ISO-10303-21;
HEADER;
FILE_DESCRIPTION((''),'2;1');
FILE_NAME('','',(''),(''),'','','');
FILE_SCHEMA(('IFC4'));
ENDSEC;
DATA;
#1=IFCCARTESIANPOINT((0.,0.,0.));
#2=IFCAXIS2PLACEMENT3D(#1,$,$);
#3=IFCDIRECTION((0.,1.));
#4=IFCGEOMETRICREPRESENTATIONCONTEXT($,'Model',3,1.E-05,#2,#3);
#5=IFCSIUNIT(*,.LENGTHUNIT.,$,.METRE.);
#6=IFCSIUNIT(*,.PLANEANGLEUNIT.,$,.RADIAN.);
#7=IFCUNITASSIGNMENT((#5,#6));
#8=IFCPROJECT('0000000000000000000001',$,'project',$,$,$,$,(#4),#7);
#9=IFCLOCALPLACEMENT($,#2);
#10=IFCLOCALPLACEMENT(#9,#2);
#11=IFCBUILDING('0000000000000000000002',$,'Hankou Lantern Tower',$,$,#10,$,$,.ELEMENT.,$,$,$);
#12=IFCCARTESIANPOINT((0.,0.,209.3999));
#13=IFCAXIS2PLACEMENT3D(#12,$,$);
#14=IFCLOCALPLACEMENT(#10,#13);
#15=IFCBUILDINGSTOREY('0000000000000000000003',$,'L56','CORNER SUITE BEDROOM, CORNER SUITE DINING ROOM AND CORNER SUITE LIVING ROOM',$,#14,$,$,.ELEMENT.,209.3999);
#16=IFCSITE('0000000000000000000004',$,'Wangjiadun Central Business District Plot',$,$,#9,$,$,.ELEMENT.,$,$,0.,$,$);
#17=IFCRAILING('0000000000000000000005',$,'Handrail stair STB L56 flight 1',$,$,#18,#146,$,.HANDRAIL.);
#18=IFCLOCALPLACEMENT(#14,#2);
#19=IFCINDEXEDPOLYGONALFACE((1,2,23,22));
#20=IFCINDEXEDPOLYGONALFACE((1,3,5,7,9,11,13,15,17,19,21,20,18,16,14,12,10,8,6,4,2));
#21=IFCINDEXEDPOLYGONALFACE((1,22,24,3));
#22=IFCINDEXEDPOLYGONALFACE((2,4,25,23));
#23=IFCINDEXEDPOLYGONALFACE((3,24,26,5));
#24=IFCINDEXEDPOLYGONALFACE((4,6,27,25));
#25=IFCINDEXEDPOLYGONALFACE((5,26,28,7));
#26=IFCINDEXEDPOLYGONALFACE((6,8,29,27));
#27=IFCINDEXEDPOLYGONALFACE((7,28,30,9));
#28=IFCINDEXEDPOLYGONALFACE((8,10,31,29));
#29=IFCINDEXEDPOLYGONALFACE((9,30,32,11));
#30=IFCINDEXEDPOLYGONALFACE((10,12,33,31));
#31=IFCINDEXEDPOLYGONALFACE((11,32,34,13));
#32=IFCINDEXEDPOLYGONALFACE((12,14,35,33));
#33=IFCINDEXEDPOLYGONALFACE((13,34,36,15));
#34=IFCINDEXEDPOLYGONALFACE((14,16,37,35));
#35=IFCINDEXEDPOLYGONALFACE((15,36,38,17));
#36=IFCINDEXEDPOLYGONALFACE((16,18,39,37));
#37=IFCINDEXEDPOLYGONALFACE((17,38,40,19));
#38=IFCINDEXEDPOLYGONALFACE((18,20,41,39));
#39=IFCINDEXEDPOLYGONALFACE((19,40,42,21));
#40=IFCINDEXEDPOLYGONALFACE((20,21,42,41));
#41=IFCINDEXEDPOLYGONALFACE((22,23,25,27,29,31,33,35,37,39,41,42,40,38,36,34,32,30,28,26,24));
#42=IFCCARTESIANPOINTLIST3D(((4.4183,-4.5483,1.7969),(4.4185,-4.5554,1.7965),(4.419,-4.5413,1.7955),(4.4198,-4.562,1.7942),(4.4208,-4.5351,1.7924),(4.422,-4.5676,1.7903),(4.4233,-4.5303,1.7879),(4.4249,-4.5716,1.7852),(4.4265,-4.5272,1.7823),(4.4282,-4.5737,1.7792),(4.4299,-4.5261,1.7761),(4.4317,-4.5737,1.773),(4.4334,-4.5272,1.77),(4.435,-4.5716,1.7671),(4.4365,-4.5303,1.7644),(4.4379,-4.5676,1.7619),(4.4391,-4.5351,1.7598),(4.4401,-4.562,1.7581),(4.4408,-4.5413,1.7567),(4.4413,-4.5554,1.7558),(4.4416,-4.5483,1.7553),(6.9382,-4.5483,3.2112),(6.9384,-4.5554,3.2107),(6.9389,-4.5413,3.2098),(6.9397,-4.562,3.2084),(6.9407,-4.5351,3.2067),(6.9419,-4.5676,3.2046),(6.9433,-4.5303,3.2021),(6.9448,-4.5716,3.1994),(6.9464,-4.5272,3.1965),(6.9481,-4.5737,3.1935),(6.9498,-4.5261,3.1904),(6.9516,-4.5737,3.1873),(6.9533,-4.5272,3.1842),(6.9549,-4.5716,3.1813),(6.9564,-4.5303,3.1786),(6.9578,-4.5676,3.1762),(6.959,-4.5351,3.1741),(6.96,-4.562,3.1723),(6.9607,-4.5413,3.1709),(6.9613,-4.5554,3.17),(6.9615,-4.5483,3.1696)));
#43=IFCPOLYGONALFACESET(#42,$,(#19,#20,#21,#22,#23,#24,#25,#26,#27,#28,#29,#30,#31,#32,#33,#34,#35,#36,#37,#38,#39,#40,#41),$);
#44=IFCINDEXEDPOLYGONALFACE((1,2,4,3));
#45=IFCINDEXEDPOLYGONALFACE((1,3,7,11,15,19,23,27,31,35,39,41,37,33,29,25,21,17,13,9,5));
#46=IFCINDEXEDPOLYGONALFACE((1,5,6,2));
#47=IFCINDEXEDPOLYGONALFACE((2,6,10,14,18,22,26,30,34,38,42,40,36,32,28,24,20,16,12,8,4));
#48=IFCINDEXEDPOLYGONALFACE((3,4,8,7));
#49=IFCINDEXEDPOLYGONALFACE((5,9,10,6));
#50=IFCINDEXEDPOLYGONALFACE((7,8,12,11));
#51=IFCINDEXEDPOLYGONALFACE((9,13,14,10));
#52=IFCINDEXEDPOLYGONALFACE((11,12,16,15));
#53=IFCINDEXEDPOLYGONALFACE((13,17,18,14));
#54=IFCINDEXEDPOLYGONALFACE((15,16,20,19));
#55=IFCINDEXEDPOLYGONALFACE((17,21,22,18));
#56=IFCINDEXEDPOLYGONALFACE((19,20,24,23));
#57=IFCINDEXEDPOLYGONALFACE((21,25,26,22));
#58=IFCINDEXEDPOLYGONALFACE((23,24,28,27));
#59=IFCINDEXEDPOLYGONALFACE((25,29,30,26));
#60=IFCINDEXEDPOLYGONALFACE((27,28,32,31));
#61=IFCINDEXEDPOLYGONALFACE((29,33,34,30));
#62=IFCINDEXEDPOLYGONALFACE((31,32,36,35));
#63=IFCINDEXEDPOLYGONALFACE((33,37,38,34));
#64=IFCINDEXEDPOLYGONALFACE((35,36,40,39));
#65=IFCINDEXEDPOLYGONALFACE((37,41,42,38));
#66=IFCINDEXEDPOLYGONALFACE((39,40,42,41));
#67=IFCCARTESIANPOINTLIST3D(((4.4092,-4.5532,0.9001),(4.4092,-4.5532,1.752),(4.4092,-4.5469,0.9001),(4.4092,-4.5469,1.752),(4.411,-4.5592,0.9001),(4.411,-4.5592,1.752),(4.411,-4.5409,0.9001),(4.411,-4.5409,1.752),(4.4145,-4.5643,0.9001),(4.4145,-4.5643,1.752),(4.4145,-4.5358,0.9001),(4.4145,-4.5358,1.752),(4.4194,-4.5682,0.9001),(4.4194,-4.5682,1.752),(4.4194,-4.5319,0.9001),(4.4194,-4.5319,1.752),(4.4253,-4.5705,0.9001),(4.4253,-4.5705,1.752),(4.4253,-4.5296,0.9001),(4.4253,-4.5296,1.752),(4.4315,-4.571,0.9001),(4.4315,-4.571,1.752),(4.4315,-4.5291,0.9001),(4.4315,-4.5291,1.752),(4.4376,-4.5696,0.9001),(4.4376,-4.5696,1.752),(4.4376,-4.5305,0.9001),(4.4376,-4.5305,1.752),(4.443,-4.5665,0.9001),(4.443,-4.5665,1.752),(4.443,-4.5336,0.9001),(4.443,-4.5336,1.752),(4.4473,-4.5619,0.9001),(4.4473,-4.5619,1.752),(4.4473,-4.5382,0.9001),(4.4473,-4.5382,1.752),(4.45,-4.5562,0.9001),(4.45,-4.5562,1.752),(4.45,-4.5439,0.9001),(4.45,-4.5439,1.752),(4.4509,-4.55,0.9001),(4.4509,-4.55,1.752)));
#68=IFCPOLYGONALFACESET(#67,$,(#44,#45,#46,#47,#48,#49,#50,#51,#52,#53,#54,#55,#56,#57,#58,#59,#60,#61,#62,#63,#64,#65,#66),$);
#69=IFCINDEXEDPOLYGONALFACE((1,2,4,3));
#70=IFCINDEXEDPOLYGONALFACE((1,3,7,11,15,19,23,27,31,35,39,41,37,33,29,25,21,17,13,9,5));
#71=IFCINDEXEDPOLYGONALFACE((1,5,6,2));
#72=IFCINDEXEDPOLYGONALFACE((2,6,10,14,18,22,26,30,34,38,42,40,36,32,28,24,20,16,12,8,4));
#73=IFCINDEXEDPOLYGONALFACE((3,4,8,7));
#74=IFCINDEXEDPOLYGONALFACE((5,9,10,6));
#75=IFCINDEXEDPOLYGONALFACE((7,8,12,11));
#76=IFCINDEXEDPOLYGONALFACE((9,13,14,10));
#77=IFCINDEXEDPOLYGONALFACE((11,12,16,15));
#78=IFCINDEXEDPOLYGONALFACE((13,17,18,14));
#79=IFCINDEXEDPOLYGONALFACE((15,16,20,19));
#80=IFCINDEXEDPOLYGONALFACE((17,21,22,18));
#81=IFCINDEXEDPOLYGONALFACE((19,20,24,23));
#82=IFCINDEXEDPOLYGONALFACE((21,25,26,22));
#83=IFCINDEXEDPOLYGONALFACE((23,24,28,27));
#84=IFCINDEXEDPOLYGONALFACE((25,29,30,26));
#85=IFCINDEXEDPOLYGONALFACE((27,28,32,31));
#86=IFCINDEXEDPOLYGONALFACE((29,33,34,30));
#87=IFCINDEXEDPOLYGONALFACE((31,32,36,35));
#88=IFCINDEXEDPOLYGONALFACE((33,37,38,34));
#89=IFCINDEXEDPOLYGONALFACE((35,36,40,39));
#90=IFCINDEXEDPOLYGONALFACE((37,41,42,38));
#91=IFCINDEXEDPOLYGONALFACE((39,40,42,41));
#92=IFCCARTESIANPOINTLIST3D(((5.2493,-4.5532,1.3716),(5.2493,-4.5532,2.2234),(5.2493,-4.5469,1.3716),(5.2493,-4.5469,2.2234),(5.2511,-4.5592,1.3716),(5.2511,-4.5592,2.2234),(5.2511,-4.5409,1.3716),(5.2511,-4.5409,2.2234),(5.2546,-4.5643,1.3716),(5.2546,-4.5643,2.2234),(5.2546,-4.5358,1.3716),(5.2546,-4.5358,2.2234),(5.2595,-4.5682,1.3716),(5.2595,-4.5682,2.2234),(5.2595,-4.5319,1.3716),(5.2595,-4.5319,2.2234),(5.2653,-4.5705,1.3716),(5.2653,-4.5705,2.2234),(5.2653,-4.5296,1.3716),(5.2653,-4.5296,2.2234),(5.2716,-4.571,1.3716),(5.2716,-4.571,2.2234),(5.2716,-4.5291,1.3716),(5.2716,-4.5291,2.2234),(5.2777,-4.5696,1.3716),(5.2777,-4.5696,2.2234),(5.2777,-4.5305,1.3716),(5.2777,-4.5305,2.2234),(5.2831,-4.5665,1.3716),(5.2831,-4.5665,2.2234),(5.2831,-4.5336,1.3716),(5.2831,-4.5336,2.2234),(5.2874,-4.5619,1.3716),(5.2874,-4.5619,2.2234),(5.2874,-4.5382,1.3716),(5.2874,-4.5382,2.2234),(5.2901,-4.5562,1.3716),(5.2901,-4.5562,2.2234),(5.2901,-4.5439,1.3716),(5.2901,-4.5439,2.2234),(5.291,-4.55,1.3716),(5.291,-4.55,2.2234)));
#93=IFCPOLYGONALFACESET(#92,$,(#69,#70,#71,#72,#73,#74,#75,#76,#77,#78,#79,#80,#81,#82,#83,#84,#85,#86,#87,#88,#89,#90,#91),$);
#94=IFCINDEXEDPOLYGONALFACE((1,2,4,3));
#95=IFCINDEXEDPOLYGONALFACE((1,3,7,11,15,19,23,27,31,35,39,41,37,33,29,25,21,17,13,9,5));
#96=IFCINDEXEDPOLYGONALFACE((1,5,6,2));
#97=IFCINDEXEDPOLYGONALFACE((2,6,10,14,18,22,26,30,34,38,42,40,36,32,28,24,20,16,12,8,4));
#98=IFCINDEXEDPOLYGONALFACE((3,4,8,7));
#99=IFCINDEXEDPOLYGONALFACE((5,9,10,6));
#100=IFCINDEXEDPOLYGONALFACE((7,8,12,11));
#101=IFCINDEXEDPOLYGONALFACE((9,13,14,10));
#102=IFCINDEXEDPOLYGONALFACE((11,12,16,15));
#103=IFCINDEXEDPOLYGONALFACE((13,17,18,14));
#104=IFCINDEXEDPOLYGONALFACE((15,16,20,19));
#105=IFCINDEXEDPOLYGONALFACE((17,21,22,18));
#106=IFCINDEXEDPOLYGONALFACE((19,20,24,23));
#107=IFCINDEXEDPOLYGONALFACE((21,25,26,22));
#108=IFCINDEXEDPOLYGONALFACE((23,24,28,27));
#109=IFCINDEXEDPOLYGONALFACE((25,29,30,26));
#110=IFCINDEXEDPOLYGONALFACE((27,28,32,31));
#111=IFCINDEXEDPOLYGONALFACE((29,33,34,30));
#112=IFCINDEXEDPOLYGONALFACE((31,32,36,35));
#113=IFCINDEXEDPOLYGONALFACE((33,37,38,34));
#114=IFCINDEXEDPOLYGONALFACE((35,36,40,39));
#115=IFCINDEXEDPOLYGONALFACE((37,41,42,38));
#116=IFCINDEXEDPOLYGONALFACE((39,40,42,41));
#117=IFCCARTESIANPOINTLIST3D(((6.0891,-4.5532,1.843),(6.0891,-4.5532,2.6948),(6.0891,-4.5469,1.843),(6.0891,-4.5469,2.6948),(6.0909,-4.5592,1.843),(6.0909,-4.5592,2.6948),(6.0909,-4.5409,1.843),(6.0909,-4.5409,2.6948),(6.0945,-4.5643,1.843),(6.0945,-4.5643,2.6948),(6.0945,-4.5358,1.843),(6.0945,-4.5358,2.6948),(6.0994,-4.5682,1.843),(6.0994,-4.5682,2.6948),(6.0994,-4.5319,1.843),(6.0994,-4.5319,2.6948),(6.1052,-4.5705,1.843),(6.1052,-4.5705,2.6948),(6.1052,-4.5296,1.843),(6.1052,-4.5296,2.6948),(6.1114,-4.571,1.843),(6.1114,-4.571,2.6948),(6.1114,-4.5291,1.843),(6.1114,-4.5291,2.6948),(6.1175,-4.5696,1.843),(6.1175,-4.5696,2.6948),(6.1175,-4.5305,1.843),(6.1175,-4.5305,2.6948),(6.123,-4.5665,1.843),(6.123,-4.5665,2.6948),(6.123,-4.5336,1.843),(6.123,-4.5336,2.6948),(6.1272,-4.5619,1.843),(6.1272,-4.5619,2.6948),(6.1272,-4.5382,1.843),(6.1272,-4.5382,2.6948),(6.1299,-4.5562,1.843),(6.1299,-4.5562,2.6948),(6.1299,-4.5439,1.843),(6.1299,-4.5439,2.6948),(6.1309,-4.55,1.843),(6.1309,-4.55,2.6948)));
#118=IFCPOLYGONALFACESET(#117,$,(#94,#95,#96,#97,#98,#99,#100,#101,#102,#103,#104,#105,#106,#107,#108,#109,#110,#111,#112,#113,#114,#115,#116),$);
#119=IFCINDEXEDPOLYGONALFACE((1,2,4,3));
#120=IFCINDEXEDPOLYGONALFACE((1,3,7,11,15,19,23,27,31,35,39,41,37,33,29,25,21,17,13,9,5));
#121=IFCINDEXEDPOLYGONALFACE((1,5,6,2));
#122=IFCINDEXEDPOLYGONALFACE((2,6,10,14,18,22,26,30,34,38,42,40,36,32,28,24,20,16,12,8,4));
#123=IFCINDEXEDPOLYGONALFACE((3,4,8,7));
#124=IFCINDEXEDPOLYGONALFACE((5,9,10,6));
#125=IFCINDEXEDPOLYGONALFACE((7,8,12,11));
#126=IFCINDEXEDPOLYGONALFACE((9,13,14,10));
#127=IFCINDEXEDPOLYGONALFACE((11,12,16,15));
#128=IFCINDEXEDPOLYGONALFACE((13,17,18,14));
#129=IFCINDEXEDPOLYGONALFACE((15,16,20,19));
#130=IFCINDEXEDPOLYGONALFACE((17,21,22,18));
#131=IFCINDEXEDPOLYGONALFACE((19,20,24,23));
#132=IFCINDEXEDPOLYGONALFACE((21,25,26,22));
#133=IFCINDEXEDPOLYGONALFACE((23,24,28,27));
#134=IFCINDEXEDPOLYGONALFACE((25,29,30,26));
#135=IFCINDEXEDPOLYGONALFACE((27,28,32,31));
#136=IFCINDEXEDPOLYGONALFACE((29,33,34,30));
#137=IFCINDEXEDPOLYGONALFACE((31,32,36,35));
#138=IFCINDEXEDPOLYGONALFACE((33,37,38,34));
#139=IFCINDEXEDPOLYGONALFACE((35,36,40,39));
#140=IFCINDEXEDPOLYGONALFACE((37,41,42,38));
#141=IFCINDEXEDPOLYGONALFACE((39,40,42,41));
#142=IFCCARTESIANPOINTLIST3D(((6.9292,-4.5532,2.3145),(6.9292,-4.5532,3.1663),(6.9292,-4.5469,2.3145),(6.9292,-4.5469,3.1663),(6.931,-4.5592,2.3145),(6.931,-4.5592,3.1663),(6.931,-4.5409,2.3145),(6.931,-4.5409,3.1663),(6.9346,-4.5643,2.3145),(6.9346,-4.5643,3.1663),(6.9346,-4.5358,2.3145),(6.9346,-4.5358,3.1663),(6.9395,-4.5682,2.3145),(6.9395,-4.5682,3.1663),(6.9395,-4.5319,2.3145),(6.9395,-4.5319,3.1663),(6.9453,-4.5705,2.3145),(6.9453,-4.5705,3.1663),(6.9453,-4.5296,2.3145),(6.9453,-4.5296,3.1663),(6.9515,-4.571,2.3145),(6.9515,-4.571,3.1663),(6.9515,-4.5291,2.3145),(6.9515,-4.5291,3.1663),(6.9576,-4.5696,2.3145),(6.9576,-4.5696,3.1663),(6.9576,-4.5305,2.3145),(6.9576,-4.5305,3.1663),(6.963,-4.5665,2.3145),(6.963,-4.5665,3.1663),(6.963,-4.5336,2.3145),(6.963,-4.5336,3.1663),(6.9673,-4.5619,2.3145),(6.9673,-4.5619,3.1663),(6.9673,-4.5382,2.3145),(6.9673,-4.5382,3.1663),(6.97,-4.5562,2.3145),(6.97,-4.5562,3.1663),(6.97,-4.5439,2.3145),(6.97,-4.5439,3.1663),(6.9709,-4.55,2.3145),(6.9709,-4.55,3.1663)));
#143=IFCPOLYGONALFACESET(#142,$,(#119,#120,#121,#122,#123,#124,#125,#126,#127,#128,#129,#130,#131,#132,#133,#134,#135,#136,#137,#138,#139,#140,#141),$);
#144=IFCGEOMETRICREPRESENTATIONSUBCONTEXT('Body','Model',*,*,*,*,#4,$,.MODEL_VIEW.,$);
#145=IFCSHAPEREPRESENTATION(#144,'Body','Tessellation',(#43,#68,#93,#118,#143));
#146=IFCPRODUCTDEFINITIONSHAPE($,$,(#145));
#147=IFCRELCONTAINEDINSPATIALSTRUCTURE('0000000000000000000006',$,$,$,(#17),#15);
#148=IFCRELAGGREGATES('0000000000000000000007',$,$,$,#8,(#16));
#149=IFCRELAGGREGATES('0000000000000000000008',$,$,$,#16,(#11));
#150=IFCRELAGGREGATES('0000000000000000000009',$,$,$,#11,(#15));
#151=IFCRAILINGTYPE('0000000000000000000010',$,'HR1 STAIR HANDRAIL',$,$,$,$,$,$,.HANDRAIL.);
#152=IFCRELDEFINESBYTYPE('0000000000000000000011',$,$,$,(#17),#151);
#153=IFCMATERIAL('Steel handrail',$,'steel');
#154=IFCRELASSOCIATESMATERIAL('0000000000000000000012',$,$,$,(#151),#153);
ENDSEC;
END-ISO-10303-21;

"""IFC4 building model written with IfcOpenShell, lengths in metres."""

from ifc_helpers import new_model, si_unit, direction, frame, origin, origin_2d, place, context, subcontext, project, spatial, circle, extrude, material, type_object, element, save


model = new_model("IFC4")

# Units and contexts
model_context = context("Model", 3, precision=1e-05, world=origin(), true_north=direction((0.0, 1.0)))
body_context = subcontext(model_context, "Body", "Model", "MODEL_VIEW")
ifc_project = project(units=[si_unit("LENGTHUNIT", "METRE"), si_unit("PLANEANGLEUNIT", "RADIAN")], contexts=[model_context])

# Site, building, storey
site_placement = place(None, origin())
site = spatial("IfcSite", under=ifc_project, at=site_placement, Name="Wangjiadun Central Business District Plot", CompositionType="ELEMENT", RefElevation=0.0)
building_placement = place(site_placement, origin())
building = spatial("IfcBuilding", under=site, at=building_placement, Name="Hankou Lantern Tower", CompositionType="ELEMENT")
storey_placement = place(building_placement, frame((0.0, 0.0, 209.3999)))
storey = spatial("IfcBuildingStorey", under=building, at=storey_placement, Name="L56", Description="CORNER SUITE BEDROOM, CORNER SUITE DINING ROOM AND CORNER SUITE LIVING ROOM", CompositionType="ELEMENT", Elevation=209.3999)

# Railing
ifc_material_1 = material(Name="Steel handrail", Category="steel")
railing_type = type_object("IfcRailingType", Name="HR1 STAIR HANDRAIL", PredefinedType="HANDRAIL", material=ifc_material_1)
railing_1_placement = place(storey_placement, frame((4.4299, -4.55, 0.9001)))
element("IfcRailing", 1, at=railing_1_placement, inside=storey, type_object=railing_type, Name="Handrail stair STB L56 flight 1", PredefinedType="HANDRAIL", context=body_context, shape_type="SweptSolid", body=[
    extrude(circle(Radius=0.0239, at=origin_2d()), frame((0.0, 0.0, 0.876), z_axis=(0.872049, 0.0, 0.489419), x_axis=(0.0, 1.0, 0.0)), (0.0, 0.0, 1.0), 2.8896),
    extrude(circle(Radius=0.021, at=origin_2d()), origin(), (0.0, 0.0, 1.0), 0.8518),
    extrude(circle(Radius=0.021, at=origin_2d()), frame((0.8401, 0.0, 0.4714)), (0.0, 0.0, 1.0), 0.8518),
    extrude(circle(Radius=0.021, at=origin_2d()), frame((1.6799, 0.0, 0.9429)), (0.0, 0.0, 1.0), 0.8518),
    extrude(circle(Radius=0.021, at=origin_2d()), frame((2.52, 0.0, 1.4143)), (0.0, 0.0, 1.0), 0.8518),
])

save(model, "model.ifc")
